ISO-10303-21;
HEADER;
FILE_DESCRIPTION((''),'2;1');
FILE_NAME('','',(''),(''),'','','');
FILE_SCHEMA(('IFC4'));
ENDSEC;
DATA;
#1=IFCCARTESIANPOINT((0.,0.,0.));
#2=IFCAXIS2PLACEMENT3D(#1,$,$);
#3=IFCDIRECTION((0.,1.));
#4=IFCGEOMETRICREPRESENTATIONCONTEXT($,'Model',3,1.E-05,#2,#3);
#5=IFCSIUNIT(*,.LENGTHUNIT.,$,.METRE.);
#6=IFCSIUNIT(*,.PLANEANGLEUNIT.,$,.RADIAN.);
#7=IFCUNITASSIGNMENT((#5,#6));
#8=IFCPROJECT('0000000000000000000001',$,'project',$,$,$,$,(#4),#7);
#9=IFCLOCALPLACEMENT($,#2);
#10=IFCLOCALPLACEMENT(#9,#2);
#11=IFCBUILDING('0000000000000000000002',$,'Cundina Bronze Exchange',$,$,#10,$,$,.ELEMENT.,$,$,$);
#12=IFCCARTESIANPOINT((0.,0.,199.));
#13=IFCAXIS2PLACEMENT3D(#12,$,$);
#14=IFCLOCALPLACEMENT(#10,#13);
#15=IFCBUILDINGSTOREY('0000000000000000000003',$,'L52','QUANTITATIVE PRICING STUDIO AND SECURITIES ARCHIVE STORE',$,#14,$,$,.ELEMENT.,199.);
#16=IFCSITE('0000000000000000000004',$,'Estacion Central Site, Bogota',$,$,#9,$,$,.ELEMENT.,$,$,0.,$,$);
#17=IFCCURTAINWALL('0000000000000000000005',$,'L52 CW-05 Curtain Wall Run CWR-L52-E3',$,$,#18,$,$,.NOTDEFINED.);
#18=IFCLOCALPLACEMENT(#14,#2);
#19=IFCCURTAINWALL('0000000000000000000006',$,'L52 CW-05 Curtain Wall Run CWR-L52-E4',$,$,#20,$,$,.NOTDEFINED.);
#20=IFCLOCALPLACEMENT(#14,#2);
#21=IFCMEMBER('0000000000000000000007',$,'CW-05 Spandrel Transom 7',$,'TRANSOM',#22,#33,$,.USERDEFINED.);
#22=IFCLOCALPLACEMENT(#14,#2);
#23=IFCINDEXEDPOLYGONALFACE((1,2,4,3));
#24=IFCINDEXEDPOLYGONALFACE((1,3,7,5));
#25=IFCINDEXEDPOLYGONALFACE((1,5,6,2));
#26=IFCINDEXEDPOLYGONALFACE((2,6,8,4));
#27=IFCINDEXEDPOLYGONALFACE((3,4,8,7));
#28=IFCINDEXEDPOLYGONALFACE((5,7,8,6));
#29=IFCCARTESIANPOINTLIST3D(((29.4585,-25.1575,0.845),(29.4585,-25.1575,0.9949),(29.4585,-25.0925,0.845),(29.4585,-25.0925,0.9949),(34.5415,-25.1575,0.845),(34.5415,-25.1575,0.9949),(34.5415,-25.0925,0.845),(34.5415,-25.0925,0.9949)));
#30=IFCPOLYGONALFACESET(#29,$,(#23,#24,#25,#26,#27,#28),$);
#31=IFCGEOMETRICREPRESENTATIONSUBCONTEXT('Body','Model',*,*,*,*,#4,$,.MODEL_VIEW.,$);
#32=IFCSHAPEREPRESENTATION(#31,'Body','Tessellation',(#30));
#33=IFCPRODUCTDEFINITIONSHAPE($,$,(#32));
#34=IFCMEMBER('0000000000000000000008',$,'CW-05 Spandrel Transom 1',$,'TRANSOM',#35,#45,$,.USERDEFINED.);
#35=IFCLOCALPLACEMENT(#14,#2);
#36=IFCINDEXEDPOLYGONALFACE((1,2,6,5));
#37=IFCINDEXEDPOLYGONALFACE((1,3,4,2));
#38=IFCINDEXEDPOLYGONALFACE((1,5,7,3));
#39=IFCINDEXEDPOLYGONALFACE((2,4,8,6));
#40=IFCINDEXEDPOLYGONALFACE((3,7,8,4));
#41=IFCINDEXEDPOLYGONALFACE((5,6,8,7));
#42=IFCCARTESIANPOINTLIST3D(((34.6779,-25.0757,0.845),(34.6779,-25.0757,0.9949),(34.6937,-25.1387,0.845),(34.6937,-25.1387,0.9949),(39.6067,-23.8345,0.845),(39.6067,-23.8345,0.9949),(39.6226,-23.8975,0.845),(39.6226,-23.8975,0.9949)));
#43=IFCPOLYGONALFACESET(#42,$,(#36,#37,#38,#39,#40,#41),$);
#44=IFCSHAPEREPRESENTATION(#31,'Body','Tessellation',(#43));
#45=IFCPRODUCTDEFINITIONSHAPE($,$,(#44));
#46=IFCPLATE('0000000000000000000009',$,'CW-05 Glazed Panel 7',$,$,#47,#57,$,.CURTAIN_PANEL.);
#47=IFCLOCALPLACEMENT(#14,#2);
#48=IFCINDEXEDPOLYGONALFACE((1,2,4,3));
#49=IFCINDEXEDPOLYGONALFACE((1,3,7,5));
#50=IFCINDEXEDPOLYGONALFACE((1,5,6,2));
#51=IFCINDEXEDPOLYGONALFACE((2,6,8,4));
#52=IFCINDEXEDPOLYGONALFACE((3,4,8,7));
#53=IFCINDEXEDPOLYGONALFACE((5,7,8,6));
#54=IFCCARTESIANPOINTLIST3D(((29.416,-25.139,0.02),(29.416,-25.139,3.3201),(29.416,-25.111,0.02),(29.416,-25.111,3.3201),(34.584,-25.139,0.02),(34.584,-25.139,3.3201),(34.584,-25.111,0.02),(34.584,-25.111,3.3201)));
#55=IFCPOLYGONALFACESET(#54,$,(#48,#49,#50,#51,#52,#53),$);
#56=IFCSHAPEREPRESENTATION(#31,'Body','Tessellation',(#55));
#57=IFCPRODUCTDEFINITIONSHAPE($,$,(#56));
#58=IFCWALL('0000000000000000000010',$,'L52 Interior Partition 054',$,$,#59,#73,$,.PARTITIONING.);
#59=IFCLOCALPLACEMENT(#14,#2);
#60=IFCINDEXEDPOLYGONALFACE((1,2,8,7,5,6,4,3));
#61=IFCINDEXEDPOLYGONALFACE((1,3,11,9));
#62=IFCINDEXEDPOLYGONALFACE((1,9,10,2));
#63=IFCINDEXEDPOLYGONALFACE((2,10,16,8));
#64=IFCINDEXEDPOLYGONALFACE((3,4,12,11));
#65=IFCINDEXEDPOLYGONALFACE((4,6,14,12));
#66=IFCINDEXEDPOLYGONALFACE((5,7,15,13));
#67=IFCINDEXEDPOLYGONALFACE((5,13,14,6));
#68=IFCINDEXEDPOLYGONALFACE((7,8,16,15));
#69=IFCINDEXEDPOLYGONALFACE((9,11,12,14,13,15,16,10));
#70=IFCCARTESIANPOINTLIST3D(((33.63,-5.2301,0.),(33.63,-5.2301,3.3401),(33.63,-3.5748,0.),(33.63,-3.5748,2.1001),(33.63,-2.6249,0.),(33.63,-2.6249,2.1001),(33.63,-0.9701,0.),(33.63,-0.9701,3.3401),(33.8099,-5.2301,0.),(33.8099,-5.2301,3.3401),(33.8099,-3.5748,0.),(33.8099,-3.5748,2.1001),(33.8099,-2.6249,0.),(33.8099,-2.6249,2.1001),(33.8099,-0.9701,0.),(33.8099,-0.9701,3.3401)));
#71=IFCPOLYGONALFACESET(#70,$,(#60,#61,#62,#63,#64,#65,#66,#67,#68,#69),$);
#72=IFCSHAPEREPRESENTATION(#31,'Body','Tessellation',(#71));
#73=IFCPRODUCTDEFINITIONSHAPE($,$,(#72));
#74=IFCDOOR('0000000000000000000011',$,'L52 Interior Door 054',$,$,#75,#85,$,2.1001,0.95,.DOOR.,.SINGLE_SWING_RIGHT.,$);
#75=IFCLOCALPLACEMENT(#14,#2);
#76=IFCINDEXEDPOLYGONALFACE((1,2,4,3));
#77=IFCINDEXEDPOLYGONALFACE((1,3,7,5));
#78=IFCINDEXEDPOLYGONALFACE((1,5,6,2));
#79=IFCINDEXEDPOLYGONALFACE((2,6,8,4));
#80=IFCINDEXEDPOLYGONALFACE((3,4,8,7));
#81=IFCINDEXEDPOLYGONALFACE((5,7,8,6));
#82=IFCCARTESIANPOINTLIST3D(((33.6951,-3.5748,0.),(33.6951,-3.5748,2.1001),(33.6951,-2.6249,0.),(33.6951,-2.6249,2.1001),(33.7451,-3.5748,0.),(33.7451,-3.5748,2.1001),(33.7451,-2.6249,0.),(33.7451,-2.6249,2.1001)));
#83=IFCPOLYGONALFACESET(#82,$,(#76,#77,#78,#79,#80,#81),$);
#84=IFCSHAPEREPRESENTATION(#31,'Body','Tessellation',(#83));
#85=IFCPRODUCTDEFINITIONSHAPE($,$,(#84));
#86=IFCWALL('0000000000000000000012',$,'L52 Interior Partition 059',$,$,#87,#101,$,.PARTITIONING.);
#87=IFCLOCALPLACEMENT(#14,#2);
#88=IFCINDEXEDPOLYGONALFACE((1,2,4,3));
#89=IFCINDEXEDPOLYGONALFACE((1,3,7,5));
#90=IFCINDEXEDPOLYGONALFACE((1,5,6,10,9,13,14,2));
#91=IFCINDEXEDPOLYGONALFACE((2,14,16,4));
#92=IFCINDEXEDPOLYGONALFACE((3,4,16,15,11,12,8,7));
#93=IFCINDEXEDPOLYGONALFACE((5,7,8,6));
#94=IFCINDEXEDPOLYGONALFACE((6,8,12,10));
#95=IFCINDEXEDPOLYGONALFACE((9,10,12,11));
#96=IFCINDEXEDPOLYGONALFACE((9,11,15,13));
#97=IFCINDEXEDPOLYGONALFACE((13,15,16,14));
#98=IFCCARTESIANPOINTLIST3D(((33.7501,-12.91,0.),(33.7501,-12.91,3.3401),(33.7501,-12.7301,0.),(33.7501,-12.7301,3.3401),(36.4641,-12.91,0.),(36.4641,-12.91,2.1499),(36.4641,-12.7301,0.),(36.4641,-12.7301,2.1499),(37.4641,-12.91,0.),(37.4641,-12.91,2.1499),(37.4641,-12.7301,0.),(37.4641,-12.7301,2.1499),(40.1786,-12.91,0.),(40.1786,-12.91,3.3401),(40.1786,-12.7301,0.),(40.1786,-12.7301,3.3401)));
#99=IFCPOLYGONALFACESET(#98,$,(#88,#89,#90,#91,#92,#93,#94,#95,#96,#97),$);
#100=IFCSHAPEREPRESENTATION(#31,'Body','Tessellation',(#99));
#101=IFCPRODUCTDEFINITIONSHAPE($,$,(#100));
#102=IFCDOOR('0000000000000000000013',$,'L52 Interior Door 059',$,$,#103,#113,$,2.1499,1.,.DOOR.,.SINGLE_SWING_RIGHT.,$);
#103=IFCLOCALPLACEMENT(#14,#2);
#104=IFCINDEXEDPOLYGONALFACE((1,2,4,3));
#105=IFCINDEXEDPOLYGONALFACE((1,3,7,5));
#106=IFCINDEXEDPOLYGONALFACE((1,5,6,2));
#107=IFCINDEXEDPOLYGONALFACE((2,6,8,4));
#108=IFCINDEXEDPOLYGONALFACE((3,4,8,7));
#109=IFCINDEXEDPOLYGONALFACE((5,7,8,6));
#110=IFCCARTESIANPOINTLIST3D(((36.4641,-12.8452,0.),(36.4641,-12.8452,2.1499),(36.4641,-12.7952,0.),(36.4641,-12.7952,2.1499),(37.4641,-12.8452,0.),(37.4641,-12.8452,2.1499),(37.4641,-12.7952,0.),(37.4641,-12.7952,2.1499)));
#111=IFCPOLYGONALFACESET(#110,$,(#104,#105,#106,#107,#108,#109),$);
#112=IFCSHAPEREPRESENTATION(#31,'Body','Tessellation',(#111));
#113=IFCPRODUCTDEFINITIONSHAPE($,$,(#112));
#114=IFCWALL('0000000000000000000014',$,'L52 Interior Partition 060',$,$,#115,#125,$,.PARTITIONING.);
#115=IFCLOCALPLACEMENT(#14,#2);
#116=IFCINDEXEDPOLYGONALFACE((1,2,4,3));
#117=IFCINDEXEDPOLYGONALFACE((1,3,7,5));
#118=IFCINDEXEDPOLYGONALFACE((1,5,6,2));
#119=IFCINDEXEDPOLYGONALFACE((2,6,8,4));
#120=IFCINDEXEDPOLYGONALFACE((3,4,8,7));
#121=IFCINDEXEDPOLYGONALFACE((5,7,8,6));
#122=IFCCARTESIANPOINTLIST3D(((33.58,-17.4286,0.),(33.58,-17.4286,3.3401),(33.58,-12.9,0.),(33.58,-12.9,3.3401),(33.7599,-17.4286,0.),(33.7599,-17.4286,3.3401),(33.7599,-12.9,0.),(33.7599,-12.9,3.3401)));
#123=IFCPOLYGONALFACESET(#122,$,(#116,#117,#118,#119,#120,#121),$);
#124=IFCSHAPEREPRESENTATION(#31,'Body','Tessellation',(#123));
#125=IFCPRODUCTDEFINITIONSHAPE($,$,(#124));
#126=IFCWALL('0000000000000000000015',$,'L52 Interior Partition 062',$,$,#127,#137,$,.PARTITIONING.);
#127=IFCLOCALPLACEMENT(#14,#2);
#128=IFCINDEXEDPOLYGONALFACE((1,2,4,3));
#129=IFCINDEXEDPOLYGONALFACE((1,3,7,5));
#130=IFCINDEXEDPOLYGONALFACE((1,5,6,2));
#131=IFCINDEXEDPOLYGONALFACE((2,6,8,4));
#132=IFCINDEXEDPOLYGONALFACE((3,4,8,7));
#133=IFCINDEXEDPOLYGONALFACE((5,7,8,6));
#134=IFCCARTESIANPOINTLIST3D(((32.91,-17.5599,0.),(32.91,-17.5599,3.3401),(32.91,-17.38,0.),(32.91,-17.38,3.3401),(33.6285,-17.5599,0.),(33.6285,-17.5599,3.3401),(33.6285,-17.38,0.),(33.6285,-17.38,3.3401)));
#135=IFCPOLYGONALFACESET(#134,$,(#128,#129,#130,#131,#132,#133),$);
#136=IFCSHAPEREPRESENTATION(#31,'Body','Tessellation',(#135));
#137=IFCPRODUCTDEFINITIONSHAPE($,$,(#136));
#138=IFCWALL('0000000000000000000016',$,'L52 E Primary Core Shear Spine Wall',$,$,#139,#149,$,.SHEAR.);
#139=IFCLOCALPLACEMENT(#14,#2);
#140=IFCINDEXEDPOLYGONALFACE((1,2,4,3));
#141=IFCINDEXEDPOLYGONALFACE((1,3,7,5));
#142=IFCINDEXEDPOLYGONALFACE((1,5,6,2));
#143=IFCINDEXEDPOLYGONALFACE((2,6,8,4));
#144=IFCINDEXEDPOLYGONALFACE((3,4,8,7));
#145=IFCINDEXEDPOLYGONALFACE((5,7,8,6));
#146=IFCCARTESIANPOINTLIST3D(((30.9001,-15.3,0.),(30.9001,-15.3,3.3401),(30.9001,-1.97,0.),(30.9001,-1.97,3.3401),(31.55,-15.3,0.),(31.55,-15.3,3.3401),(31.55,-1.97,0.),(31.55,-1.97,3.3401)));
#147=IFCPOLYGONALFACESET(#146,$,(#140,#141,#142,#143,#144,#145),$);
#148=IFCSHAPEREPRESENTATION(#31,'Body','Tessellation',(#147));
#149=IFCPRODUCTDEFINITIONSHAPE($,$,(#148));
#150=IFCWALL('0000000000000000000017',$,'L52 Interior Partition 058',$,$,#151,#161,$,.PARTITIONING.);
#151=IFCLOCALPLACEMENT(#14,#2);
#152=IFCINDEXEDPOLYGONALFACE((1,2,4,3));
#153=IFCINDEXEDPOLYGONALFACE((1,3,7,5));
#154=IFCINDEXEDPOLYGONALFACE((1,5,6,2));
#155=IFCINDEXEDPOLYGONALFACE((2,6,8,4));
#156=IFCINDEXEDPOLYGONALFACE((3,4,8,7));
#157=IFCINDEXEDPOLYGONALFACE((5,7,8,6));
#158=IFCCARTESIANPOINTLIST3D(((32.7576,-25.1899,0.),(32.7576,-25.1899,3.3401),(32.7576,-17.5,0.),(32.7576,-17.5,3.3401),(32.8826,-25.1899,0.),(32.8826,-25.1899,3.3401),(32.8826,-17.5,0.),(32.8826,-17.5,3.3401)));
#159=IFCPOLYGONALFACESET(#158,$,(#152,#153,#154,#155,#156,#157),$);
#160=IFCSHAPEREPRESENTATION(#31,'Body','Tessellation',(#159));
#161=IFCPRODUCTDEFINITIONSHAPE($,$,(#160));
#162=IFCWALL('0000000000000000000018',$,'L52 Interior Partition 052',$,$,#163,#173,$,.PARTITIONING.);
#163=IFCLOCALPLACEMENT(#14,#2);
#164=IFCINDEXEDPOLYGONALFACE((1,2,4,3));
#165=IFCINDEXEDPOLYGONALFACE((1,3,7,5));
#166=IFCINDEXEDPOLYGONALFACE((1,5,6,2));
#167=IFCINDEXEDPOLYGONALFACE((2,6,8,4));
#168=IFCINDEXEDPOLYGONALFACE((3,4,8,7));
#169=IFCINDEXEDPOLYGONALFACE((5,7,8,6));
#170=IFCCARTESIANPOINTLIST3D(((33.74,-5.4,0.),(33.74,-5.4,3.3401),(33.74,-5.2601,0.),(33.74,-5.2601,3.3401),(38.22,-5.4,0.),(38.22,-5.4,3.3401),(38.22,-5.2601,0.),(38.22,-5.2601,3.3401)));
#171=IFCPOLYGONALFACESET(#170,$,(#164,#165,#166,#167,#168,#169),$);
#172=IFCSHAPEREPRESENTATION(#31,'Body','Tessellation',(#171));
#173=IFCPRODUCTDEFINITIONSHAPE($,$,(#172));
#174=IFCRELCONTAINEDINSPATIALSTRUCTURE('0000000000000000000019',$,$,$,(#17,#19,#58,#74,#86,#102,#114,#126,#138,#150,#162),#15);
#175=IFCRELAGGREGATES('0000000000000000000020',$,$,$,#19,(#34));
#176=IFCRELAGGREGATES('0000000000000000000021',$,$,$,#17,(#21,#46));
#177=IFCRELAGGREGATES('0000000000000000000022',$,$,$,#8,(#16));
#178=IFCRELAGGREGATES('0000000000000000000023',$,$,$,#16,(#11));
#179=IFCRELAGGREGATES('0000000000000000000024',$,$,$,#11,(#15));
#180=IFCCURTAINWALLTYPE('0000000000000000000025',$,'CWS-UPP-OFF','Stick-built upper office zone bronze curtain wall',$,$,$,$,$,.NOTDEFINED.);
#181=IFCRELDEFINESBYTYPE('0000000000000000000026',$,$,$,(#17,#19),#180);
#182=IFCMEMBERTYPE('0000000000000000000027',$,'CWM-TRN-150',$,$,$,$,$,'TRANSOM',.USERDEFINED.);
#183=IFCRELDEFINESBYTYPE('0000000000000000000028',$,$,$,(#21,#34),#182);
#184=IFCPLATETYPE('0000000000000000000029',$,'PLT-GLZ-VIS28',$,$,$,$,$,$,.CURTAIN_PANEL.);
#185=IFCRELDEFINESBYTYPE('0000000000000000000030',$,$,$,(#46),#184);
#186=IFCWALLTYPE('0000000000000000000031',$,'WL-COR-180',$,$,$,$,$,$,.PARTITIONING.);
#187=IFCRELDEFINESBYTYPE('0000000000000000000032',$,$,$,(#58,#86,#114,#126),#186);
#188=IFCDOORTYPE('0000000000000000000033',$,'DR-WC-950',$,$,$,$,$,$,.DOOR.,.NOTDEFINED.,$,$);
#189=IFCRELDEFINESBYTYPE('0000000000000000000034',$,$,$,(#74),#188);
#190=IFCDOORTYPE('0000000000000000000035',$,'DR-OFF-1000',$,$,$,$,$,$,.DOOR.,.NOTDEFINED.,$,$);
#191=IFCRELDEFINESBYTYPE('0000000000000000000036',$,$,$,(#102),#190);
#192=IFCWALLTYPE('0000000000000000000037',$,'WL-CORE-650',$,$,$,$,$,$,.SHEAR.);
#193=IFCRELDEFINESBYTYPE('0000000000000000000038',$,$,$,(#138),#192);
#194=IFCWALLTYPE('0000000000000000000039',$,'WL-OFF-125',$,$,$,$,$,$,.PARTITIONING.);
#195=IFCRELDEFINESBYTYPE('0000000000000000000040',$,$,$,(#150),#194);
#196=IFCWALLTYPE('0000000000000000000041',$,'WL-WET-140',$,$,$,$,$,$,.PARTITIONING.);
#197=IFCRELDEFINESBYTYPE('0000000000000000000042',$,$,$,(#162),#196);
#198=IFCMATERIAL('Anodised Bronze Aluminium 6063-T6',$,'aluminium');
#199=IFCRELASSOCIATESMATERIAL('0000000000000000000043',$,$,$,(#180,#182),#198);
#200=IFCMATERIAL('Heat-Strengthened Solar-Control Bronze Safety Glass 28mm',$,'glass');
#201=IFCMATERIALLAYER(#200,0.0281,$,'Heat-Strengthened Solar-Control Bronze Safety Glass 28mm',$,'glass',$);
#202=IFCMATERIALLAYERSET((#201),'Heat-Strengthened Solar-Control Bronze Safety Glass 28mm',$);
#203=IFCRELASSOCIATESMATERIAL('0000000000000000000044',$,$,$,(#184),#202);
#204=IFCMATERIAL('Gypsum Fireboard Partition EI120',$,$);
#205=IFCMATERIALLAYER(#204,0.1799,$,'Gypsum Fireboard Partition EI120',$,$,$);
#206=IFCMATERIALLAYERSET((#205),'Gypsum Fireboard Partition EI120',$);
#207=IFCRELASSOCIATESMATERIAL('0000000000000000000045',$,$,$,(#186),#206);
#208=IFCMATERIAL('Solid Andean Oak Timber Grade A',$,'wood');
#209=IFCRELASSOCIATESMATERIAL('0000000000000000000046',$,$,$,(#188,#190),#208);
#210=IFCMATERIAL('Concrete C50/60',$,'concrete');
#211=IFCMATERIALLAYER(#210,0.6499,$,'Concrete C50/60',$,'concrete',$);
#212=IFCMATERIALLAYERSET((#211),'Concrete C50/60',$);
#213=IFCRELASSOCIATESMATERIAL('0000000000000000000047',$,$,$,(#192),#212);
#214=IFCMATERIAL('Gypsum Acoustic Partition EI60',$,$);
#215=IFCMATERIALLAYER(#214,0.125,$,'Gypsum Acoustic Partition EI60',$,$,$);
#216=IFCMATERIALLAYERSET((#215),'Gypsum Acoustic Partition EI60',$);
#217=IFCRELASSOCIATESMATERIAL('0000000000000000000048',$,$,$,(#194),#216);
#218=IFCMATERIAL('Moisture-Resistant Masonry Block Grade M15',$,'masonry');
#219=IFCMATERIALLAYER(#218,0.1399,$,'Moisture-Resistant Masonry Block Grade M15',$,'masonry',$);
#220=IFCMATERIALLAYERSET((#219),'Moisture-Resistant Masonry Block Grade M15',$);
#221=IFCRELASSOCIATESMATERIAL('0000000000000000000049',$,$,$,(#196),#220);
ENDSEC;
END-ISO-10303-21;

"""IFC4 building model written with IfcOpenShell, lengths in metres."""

from ifc_helpers import new_model, si_unit, direction, frame, frame_2d, origin, origin_2d, place, context, subcontext, project, spatial, rectangle, extrude, material, layer, layer_set, material_profile, profile_set, type_object, element, fill, aggregate, save


model = new_model("IFC4")

# Units and contexts
model_context = context("Model", 3, precision=1e-05, world=origin(), true_north=direction((0.0, 1.0)))
body_context = subcontext(model_context, "Body", "Model", "MODEL_VIEW")
ifc_project = project(units=[si_unit("LENGTHUNIT", "METRE"), si_unit("PLANEANGLEUNIT", "RADIAN")], contexts=[model_context])

# Site, building, storey
site_placement = place(None, origin())
site = spatial("IfcSite", under=ifc_project, at=site_placement, Name="Estacion Central Site, Bogota", CompositionType="ELEMENT", RefElevation=0.0)
building_placement = place(site_placement, origin())
building = spatial("IfcBuilding", under=site, at=building_placement, Name="Cundina Bronze Exchange", CompositionType="ELEMENT")
storey_placement = place(building_placement, frame((0.0, 0.0, 199.0)))
storey = spatial("IfcBuildingStorey", under=building, at=storey_placement, Name="L52", Description="QUANTITATIVE PRICING STUDIO AND SECURITIES ARCHIVE STORE", CompositionType="ELEMENT", Elevation=199.0)

# Shared definitions
ifc_material_1 = material(Name="Concrete C50/60", Category="concrete")

# Curtain wall
ifc_material_2 = material(Name="Anodised Bronze Aluminium 6063-T6", Category="aluminium")
curtain_wall_type = type_object("IfcCurtainWallType", Name="CWS-UPP-OFF", Description="Stick-built upper office zone bronze curtain wall", PredefinedType="NOTDEFINED", material=ifc_material_2)
curtain_wall_1_placement = place(storey_placement, origin())
curtain_wall_1 = element("IfcCurtainWall", 1, at=curtain_wall_1_placement, inside=storey, type_object=curtain_wall_type, Name="L52 CW-05 Curtain Wall Run CWR-L52-E3", PredefinedType="NOTDEFINED")

# Curtain wall
curtain_wall_2_placement = place(storey_placement, origin())
curtain_wall_2 = element("IfcCurtainWall", 2, at=curtain_wall_2_placement, inside=storey, type_object=curtain_wall_type, Name="L52 CW-05 Curtain Wall Run CWR-L52-E4", PredefinedType="NOTDEFINED")

# Members
ifc_material_profile_1 = material_profile(ifc_material_2, rectangle(XDim=0.0649, YDim=0.1499, at=origin_2d()), Name="AL65X150", Category="aluminium")
ifc_profile_set_1 = profile_set([ifc_material_profile_1], Name="Anodised Bronze Aluminium 6063-T6")
member_type_1 = type_object("IfcMemberType", Name="CWM-TRN-150", ElementType="TRANSOM", PredefinedType="USERDEFINED", material=ifc_profile_set_1)
member_1_placement = place(storey_placement, frame((29.4585, -25.125, 0.9199), z_axis=(1.0, 0.0, 0.0), x_axis=(0.0, 1.0, 0.0)))
member_1 = element("IfcMember", 3, at=member_1_placement, type_object=member_type_1, Name="CW-05 Spandrel Transom 7", ObjectType="TRANSOM", PredefinedType="USERDEFINED", context=body_context, shape_type="SweptSolid", body=[
    extrude(rectangle(XDim=0.0649, YDim=0.1499, at=origin_2d()), origin(), (0.0, 0.0, 1.0), 5.083),
])
member_2_placement = place(storey_placement, frame((34.6858, -25.1072, 0.9199), z_axis=(0.969726, 0.244197, 0.0), x_axis=(-0.244197, 0.969726, 0.0)))
member_2 = element("IfcMember", 4, at=member_2_placement, type_object=member_type_1, Name="CW-05 Spandrel Transom 1", ObjectType="TRANSOM", PredefinedType="USERDEFINED", context=body_context, shape_type="SweptSolid", body=[
    extrude(rectangle(XDim=0.0649, YDim=0.1499, at=origin_2d()), origin(), (0.0, 0.0, 1.0), 5.0828),
])
aggregate(curtain_wall_2, [member_2])

# Plate
ifc_material_3 = material(Name="Heat-Strengthened Solar-Control Bronze Safety Glass 28mm", Category="glass")
ifc_layer_1 = layer(ifc_material_3, 0.0281, Name="Heat-Strengthened Solar-Control Bronze Safety Glass 28mm", Category="glass")
ifc_layer_set_1 = layer_set([ifc_layer_1], Name="Heat-Strengthened Solar-Control Bronze Safety Glass 28mm")
plate_type = type_object("IfcPlateType", Name="PLT-GLZ-VIS28", PredefinedType="CURTAIN_PANEL", material=ifc_layer_set_1)
plate_placement = place(storey_placement, frame((32.0, -25.125, 0.02), z_axis=(0.0, 0.0, 1.0), x_axis=(1.0, 0.0, 0.0)))
plate = element("IfcPlate", 5, at=plate_placement, type_object=plate_type, Name="CW-05 Glazed Panel 7", PredefinedType="CURTAIN_PANEL", context=body_context, shape_type="SweptSolid", body=[
    extrude(rectangle(XDim=5.168, YDim=0.0281, at=origin_2d()), origin(), (0.0, 0.0, 1.0), 3.3),
])
aggregate(curtain_wall_1, [member_1, plate])

# Walls, openings, doors
ifc_material_4 = material(Name="Gypsum Fireboard Partition EI120")
ifc_layer_2 = layer(ifc_material_4, 0.1799, Name="Gypsum Fireboard Partition EI120")
ifc_layer_set_2 = layer_set([ifc_layer_2], Name="Gypsum Fireboard Partition EI120")
wall_type_1 = type_object("IfcWallType", Name="WL-COR-180", PredefinedType="PARTITIONING", material=ifc_layer_set_2)
wall_1_placement = place(storey_placement, frame((33.72, -5.23, 0.0), z_axis=(0.0, 0.0, 1.0), x_axis=(0.0, 1.0, 0.0)))
wall_1 = element("IfcWall", 6, at=wall_1_placement, inside=storey, type_object=wall_type_1, Name="L52 Interior Partition 054", PredefinedType="PARTITIONING", context=body_context, shape_type="SweptSolid", body=[
    extrude(rectangle(XDim=4.26, YDim=0.1799, at=frame_2d((2.1299, 0.0))), origin(), (0.0, 0.0, 1.0), 3.3401),
])
opening_1_placement = place(wall_1_placement, frame((1.655, 0.0, 0.0)))
opening_1 = element("IfcOpeningElement", 7, at=opening_1_placement, cuts=wall_1, PredefinedType="OPENING", context=body_context, shape_type="SweptSolid", body=[
    extrude(rectangle(XDim=0.95, YDim=2.1001, at=frame_2d((0.4751, 1.05))), frame((0.0, 0.0999, 0.0), z_axis=(0.0, -1.0, 0.0), x_axis=(1.0, 0.0, 0.0)), (0.0, 0.0, 1.0), 0.2),
])
ifc_material_5 = material(Name="Solid Andean Oak Timber Grade A", Category="wood")
door_type_1 = type_object("IfcDoorType", Name="DR-WC-950", OperationType="NOTDEFINED", PredefinedType="DOOR", material=ifc_material_5)
door_1_placement = place(opening_1_placement, origin())
door_1 = element("IfcDoor", 8, at=door_1_placement, inside=storey, type_object=door_type_1, Name="L52 Interior Door 054", OperationType="SINGLE_SWING_RIGHT", OverallHeight=2.1001, OverallWidth=0.95, PredefinedType="DOOR", context=body_context, shape_type="SweptSolid", body=[
    extrude(rectangle(XDim=0.95, YDim=2.1001, at=frame_2d((0.4751, 1.05))), frame((0.0, 0.0249, 0.0), z_axis=(0.0, -1.0, 0.0), x_axis=(1.0, 0.0, 0.0)), (0.0, 0.0, 1.0), 0.05),
])
fill(opening_1, door_1)
door_type_2 = type_object("IfcDoorType", Name="DR-OFF-1000", OperationType="NOTDEFINED", PredefinedType="DOOR", material=ifc_material_5)
wall_2_placement = place(storey_placement, frame((33.75, -12.8201, 0.0), z_axis=(0.0, 0.0, 1.0), x_axis=(1.0, 0.0, 0.0)))
wall_2 = element("IfcWall", 9, at=wall_2_placement, inside=storey, type_object=wall_type_1, Name="L52 Interior Partition 059", PredefinedType="PARTITIONING", context=body_context, shape_type="SweptSolid", body=[
    extrude(rectangle(XDim=6.4285, YDim=0.1799, at=frame_2d((3.2144, 0.0))), origin(), (0.0, 0.0, 1.0), 3.3401),
])
opening_2_placement = place(wall_2_placement, frame((2.7141, 0.0, 0.0)))
opening_2 = element("IfcOpeningElement", 10, at=opening_2_placement, cuts=wall_2, PredefinedType="OPENING", context=body_context, shape_type="SweptSolid", body=[
    extrude(rectangle(XDim=1.0, YDim=2.1499, at=frame_2d((0.5, 1.075))), frame((0.0, 0.0999, 0.0), z_axis=(0.0, -1.0, 0.0), x_axis=(1.0, 0.0, 0.0)), (0.0, 0.0, 1.0), 0.2),
])
door_2_placement = place(opening_2_placement, origin())
door_2 = element("IfcDoor", 11, at=door_2_placement, inside=storey, type_object=door_type_2, Name="L52 Interior Door 059", OperationType="SINGLE_SWING_RIGHT", OverallHeight=2.1499, OverallWidth=1.0, PredefinedType="DOOR", context=body_context, shape_type="SweptSolid", body=[
    extrude(rectangle(XDim=1.0, YDim=2.1499, at=frame_2d((0.5, 1.075))), frame((0.0, 0.0249, 0.0), z_axis=(0.0, -1.0, 0.0), x_axis=(1.0, 0.0, 0.0)), (0.0, 0.0, 1.0), 0.05),
])
fill(opening_2, door_2)

# Walls
wall_3_placement = place(storey_placement, frame((33.6699, -17.4285, 0.0), z_axis=(0.0, 0.0, 1.0), x_axis=(0.0, 1.0, 0.0)))
element("IfcWall", 12, at=wall_3_placement, inside=storey, type_object=wall_type_1, Name="L52 Interior Partition 060", PredefinedType="PARTITIONING", context=body_context, shape_type="SweptSolid", body=[
    extrude(rectangle(XDim=4.5286, YDim=0.1799, at=frame_2d((2.2642, 0.0))), origin(), (0.0, 0.0, 1.0), 3.3401),
])
wall_4_placement = place(storey_placement, frame((32.9099, -17.47, 0.0), z_axis=(0.0, 0.0, 1.0), x_axis=(1.0, 0.0, 0.0)))
element("IfcWall", 13, at=wall_4_placement, inside=storey, type_object=wall_type_1, Name="L52 Interior Partition 062", PredefinedType="PARTITIONING", context=body_context, shape_type="SweptSolid", body=[
    extrude(rectangle(XDim=0.7185, YDim=0.1799, at=frame_2d((0.3594, 0.0))), origin(), (0.0, 0.0, 1.0), 3.3401),
])
ifc_layer_3 = layer(ifc_material_1, 0.6499, Name="Concrete C50/60", Category="concrete")
ifc_layer_set_3 = layer_set([ifc_layer_3], Name="Concrete C50/60")
wall_type_2 = type_object("IfcWallType", Name="WL-CORE-650", PredefinedType="SHEAR", material=ifc_layer_set_3)
wall_5_placement = place(storey_placement, frame((31.2251, -15.3, 0.0), z_axis=(0.0, 0.0, 1.0), x_axis=(0.0, 1.0, 0.0)))
element("IfcWall", 14, at=wall_5_placement, inside=storey, type_object=wall_type_2, Name="L52 E Primary Core Shear Spine Wall", PredefinedType="SHEAR", context=body_context, shape_type="SweptSolid", body=[
    extrude(rectangle(XDim=13.3301, YDim=0.6499, at=frame_2d((6.665, 0.0))), origin(), (0.0, 0.0, 1.0), 3.3401),
])
ifc_material_6 = material(Name="Gypsum Acoustic Partition EI60")
ifc_layer_4 = layer(ifc_material_6, 0.125, Name="Gypsum Acoustic Partition EI60")
ifc_layer_set_4 = layer_set([ifc_layer_4], Name="Gypsum Acoustic Partition EI60")
wall_type_3 = type_object("IfcWallType", Name="WL-OFF-125", PredefinedType="PARTITIONING", material=ifc_layer_set_4)
wall_6_placement = place(storey_placement, frame((32.8201, -25.1899, 0.0), z_axis=(0.0, 0.0, 1.0), x_axis=(0.0, 1.0, 0.0)))
element("IfcWall", 15, at=wall_6_placement, inside=storey, type_object=wall_type_3, Name="L52 Interior Partition 058", PredefinedType="PARTITIONING", context=body_context, shape_type="SweptSolid", body=[
    extrude(rectangle(XDim=7.6899, YDim=0.125, at=frame_2d((3.845, 0.0))), origin(), (0.0, 0.0, 1.0), 3.3401),
])
ifc_material_7 = material(Name="Moisture-Resistant Masonry Block Grade M15", Category="masonry")
ifc_layer_5 = layer(ifc_material_7, 0.1399, Name="Moisture-Resistant Masonry Block Grade M15", Category="masonry")
ifc_layer_set_5 = layer_set([ifc_layer_5], Name="Moisture-Resistant Masonry Block Grade M15")
wall_type_4 = type_object("IfcWallType", Name="WL-WET-140", PredefinedType="PARTITIONING", material=ifc_layer_set_5)
for number, where, z_axis, x_axis, name in (
    (16, (33.74, -5.3301, 0.0), (0.0, 0.0, 1.0), (1.0, 0.0, 0.0), "L52 Interior Partition 052"),
):
    element("IfcWall", number, at=place(storey_placement, frame(where, z_axis=z_axis, x_axis=x_axis)), inside=storey, type_object=wall_type_4, Name=name, PredefinedType="PARTITIONING", context=body_context, shape_type="SweptSolid", body=[
        extrude(rectangle(XDim=4.48, YDim=0.1399, at=frame_2d((2.24, 0.0))), origin(), (0.0, 0.0, 1.0), 3.3401),
    ])

save(model, "model.ifc")
